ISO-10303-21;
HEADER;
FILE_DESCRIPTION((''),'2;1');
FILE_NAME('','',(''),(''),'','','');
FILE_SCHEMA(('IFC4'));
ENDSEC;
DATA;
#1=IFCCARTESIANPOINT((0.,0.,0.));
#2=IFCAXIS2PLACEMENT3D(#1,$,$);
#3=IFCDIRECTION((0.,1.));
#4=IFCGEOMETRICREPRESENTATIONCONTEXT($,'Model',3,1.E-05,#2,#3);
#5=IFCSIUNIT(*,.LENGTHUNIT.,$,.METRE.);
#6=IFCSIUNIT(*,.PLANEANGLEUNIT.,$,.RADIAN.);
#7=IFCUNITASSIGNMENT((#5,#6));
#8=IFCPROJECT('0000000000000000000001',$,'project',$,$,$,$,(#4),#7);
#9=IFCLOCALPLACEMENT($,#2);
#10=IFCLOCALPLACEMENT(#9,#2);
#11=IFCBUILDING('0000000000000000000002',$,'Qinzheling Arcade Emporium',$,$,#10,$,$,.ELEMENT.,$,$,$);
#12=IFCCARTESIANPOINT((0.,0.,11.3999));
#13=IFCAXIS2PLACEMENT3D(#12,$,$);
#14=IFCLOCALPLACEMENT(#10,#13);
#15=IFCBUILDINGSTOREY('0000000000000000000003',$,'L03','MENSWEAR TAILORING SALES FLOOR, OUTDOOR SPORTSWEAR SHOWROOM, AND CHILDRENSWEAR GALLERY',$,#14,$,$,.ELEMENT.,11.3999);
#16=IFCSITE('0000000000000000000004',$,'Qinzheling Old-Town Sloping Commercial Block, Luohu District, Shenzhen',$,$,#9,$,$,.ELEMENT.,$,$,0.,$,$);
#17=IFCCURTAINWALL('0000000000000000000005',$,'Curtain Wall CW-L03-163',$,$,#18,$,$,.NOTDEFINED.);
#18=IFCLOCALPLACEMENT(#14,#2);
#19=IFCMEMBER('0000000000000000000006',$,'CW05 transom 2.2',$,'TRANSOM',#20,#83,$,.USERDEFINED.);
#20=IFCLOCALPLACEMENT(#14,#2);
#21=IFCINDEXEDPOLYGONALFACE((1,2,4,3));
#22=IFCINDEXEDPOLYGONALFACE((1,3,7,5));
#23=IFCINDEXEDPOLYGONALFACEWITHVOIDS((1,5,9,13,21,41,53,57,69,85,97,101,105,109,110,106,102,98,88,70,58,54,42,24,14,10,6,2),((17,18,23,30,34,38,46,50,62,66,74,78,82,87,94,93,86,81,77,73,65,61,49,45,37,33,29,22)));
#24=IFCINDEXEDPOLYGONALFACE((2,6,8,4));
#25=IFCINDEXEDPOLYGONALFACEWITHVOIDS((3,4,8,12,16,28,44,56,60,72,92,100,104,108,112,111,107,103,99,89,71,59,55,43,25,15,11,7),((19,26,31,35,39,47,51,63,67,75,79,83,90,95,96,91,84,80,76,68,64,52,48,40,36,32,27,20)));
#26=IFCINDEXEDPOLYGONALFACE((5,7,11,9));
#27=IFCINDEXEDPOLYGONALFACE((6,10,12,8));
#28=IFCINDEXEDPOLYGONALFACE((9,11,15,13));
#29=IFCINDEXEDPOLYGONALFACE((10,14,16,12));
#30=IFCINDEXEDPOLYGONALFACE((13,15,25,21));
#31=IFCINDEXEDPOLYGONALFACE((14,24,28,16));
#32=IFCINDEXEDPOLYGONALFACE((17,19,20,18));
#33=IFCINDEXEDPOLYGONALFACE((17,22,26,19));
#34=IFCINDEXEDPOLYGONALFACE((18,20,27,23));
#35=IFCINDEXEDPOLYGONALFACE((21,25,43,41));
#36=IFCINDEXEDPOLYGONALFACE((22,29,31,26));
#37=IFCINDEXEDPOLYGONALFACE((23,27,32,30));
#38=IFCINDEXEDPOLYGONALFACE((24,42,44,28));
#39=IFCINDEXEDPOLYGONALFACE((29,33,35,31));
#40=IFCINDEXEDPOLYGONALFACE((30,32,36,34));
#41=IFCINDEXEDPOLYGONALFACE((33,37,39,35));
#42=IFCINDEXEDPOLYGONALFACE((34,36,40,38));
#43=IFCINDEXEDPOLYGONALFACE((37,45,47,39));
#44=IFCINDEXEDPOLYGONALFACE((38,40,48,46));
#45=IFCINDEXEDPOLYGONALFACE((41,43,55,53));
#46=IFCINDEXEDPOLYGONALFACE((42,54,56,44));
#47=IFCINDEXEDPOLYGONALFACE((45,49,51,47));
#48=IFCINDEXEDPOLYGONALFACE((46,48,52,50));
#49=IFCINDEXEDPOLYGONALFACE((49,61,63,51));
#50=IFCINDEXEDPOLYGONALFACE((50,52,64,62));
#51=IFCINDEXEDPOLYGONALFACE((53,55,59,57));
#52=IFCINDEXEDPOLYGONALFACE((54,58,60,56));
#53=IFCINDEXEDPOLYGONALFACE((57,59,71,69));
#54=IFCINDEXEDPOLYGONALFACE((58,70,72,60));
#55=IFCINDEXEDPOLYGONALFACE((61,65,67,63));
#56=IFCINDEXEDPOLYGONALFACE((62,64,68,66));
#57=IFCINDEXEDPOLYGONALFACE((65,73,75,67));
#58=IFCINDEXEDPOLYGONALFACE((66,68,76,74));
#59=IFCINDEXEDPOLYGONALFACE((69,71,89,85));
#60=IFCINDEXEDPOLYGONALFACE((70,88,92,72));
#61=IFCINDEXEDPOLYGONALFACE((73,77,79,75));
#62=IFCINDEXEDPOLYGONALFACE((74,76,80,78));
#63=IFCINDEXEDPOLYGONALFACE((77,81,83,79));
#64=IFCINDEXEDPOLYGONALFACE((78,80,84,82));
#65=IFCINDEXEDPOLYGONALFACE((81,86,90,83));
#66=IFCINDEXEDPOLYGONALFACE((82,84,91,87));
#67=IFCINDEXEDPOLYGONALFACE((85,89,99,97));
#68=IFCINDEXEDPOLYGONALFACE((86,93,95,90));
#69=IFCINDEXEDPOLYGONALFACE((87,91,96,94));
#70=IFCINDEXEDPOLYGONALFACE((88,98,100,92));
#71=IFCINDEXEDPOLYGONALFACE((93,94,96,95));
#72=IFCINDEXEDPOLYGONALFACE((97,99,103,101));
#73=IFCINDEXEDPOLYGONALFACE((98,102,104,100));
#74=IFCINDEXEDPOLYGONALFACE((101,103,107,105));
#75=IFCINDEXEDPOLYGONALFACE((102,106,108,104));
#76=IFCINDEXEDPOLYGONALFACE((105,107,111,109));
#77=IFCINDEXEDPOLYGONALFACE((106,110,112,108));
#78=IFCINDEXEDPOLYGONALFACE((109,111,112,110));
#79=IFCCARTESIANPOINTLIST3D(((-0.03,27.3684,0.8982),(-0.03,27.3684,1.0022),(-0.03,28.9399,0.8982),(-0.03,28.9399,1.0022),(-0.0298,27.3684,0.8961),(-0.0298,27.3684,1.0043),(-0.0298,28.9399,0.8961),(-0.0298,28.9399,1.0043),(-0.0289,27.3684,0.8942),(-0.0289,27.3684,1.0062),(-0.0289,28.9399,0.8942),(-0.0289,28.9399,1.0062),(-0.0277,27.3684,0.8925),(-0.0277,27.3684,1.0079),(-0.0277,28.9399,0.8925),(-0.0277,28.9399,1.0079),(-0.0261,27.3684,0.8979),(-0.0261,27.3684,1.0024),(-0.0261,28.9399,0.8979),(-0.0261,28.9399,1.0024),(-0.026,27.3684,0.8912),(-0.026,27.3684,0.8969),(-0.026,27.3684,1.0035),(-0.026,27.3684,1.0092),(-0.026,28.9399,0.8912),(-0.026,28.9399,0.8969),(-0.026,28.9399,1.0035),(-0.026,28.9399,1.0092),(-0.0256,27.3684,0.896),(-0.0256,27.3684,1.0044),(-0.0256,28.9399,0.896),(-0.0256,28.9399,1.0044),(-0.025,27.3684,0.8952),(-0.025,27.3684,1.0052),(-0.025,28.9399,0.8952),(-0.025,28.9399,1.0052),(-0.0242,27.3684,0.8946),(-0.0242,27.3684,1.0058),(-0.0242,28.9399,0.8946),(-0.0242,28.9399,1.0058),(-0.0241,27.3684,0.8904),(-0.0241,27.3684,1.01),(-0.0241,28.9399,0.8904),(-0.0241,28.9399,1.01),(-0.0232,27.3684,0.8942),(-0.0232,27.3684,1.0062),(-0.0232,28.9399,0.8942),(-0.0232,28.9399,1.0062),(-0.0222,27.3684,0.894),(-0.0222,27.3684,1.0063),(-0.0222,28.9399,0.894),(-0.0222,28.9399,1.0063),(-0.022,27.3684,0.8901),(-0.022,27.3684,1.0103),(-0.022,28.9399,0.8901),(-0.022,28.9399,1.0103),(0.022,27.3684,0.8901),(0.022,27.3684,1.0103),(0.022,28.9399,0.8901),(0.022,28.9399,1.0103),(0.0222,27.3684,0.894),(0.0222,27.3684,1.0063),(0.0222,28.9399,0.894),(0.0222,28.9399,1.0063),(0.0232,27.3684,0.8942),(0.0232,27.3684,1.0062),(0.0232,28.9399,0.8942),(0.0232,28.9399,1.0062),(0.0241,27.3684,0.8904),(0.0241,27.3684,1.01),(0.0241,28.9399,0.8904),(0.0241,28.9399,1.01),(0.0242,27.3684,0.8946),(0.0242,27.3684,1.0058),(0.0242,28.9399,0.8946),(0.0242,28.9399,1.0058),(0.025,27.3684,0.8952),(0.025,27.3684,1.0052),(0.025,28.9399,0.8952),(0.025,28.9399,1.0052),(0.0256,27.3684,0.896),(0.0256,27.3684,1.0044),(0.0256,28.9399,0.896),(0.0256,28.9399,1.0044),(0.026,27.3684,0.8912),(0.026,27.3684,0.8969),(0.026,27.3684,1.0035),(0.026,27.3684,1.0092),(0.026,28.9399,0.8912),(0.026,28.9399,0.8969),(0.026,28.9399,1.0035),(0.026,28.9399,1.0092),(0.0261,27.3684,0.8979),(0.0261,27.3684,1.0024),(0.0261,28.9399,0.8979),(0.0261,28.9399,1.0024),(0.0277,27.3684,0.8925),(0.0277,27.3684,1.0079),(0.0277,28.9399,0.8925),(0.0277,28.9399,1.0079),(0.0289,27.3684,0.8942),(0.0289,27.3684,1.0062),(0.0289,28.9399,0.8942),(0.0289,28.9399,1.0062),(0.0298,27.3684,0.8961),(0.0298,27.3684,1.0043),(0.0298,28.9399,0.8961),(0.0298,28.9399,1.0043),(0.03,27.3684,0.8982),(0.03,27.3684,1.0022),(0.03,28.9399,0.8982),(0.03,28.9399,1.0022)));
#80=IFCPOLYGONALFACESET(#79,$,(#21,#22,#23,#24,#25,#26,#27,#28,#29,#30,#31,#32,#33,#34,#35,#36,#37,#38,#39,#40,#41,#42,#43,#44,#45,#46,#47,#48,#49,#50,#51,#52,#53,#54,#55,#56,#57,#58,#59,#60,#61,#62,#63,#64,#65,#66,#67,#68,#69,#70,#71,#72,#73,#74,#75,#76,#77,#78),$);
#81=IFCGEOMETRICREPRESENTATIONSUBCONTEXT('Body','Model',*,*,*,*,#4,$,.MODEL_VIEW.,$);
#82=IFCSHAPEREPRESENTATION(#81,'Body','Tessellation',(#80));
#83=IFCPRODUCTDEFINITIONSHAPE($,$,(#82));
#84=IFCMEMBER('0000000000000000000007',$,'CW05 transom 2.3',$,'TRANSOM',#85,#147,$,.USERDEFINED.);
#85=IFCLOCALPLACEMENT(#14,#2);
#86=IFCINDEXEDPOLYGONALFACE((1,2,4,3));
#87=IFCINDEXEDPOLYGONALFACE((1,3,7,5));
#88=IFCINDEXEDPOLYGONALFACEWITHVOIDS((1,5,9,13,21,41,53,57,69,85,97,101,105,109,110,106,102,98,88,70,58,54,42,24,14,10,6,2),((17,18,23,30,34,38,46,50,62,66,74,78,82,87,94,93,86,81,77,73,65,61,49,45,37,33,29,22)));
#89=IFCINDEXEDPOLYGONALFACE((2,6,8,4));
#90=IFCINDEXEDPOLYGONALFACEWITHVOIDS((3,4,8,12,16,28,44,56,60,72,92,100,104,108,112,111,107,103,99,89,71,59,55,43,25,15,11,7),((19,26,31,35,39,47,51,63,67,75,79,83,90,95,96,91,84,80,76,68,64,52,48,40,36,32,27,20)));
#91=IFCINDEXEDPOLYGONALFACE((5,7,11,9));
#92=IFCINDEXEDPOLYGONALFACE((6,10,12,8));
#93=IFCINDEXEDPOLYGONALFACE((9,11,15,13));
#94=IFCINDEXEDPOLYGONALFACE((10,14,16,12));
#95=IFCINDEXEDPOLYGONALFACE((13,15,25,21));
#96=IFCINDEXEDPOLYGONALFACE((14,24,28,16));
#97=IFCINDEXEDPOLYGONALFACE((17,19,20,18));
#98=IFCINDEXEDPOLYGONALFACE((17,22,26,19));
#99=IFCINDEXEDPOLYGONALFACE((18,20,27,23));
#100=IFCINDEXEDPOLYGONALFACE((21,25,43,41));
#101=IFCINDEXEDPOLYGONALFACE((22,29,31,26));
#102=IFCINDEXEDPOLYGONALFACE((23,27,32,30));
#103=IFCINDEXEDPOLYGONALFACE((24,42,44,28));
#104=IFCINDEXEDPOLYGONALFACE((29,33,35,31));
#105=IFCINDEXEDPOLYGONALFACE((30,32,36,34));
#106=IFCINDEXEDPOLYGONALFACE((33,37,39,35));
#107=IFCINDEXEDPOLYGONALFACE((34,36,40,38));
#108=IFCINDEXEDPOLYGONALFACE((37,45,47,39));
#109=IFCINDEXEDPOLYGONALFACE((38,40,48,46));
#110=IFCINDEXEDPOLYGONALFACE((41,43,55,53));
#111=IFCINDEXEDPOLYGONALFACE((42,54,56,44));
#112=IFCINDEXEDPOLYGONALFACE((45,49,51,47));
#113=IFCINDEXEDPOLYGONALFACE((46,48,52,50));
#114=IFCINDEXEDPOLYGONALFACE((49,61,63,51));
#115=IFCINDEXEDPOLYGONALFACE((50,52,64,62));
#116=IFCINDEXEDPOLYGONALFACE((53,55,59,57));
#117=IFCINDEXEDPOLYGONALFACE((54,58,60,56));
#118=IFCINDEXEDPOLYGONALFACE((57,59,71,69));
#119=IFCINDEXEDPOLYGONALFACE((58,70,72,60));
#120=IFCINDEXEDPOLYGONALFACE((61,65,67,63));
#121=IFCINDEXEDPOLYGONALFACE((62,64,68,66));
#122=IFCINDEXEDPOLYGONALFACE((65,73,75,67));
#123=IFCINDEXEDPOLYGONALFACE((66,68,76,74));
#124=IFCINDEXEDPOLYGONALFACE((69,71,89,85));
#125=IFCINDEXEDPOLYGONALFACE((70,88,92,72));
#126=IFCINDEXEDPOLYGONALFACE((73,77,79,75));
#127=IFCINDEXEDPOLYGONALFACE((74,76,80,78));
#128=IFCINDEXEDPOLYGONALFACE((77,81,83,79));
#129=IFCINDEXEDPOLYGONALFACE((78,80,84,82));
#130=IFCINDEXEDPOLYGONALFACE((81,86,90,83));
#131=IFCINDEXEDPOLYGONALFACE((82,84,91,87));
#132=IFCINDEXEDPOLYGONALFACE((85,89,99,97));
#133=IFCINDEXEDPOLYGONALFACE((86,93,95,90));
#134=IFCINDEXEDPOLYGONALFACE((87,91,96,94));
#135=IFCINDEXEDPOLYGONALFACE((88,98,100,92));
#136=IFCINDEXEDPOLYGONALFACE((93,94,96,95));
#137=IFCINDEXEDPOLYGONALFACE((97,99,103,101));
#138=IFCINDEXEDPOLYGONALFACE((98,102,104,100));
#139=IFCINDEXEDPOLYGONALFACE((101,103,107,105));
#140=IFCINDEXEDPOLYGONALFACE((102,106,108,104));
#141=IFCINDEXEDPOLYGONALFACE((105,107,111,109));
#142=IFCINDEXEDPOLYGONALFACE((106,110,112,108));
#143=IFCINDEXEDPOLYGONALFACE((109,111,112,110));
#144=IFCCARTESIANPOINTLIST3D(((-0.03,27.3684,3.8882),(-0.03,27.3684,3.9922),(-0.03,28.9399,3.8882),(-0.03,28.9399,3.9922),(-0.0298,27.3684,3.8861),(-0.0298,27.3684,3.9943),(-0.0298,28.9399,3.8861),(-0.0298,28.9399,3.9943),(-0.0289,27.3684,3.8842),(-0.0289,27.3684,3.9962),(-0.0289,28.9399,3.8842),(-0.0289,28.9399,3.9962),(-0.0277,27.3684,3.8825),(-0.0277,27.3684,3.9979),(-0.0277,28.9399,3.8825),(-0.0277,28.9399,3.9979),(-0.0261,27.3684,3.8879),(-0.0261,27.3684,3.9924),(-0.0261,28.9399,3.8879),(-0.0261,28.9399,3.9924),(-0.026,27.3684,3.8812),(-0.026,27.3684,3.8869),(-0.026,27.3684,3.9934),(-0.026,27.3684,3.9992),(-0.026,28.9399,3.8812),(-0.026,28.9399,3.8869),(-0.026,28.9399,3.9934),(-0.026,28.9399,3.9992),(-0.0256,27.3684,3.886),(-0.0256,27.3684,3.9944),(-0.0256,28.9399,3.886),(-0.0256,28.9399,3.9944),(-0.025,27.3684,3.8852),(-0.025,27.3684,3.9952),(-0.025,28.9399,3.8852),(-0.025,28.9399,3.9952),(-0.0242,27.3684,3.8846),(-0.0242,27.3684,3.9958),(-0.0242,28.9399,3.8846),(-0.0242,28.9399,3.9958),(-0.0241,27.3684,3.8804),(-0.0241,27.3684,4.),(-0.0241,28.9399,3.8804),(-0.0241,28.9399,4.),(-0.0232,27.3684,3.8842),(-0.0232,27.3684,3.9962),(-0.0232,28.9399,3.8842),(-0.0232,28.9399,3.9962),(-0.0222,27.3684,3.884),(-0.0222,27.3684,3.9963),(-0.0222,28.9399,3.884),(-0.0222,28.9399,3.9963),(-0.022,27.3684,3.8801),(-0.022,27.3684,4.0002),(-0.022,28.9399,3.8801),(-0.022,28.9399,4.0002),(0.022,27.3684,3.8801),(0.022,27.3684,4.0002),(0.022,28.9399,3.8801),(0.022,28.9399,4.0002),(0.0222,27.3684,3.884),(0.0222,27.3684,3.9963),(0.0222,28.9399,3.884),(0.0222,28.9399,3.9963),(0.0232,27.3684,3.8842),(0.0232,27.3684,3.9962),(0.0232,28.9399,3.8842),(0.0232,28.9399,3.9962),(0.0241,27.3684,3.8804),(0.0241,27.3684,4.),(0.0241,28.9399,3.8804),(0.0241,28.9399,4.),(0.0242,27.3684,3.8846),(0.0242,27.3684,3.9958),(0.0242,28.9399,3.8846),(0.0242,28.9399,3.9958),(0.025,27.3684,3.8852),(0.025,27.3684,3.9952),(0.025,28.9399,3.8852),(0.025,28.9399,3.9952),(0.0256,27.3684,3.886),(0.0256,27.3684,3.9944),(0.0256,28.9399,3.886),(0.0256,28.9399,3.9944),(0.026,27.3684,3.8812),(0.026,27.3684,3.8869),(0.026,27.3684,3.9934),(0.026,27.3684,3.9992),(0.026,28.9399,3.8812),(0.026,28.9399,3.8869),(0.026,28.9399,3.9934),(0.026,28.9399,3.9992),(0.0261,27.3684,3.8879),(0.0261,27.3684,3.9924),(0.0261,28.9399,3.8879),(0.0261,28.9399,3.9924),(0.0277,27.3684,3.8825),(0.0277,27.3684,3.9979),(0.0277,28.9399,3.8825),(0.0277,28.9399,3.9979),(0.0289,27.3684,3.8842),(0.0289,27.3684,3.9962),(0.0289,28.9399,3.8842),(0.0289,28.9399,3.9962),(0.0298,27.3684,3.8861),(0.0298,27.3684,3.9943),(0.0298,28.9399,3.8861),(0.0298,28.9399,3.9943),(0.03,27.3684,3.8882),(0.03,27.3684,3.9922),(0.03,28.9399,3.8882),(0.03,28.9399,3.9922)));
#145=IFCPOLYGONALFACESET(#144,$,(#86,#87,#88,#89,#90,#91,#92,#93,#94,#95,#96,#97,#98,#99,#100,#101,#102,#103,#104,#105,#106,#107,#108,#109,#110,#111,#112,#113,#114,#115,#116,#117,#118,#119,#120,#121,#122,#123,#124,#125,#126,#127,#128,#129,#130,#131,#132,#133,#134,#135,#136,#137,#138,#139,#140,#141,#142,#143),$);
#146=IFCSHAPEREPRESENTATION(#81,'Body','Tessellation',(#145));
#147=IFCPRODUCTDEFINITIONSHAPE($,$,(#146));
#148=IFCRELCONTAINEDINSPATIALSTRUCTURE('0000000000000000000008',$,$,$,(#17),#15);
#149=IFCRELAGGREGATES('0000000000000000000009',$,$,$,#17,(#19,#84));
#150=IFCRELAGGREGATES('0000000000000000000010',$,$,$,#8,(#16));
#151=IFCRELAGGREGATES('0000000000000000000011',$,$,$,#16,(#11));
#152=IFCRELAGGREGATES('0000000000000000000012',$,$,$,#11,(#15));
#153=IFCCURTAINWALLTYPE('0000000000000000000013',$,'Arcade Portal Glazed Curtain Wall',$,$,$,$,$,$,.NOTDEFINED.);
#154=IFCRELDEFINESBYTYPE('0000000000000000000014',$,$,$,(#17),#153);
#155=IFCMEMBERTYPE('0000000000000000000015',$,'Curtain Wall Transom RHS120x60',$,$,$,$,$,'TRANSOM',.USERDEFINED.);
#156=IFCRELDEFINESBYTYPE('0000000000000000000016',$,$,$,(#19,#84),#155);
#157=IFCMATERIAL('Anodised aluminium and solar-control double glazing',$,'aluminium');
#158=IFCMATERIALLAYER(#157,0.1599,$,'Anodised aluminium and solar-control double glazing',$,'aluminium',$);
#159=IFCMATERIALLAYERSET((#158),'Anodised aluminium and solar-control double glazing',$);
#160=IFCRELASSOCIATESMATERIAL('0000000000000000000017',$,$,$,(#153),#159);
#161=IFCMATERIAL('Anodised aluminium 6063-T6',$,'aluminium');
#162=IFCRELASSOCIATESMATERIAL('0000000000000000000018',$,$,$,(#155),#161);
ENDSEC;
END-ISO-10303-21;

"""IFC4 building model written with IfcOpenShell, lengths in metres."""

from ifc_helpers import new_model, si_unit, direction, frame, origin, origin_2d, place, context, subcontext, project, spatial, hollow_rectangle, extrude, material, layer, layer_set, material_profile, profile_set, type_object, element, aggregate, save


model = new_model("IFC4")

# Units and contexts
model_context = context("Model", 3, precision=1e-05, world=origin(), true_north=direction((0.0, 1.0)))
body_context = subcontext(model_context, "Body", "Model", "MODEL_VIEW")
ifc_project = project(units=[si_unit("LENGTHUNIT", "METRE"), si_unit("PLANEANGLEUNIT", "RADIAN")], contexts=[model_context])

# Site, building, storey
site_placement = place(None, origin())
site = spatial("IfcSite", under=ifc_project, at=site_placement, Name="Qinzheling Old-Town Sloping Commercial Block, Luohu District, Shenzhen", CompositionType="ELEMENT", RefElevation=0.0)
building_placement = place(site_placement, origin())
building = spatial("IfcBuilding", under=site, at=building_placement, Name="Qinzheling Arcade Emporium", CompositionType="ELEMENT")
storey_placement = place(building_placement, frame((0.0, 0.0, 11.3999)))
storey = spatial("IfcBuildingStorey", under=building, at=storey_placement, Name="L03", Description="MENSWEAR TAILORING SALES FLOOR, OUTDOOR SPORTSWEAR SHOWROOM, AND CHILDRENSWEAR GALLERY", CompositionType="ELEMENT", Elevation=11.3999)

# Shared definitions
ifc_material_1 = material(Name="Anodised aluminium and solar-control double glazing", Category="aluminium")
ifc_material_2 = material(Name="Anodised aluminium 6063-T6", Category="aluminium")

# Curtain wall
ifc_layer_1 = layer(ifc_material_1, 0.1599, Name="Anodised aluminium and solar-control double glazing", Category="aluminium")
ifc_layer_set_1 = layer_set([ifc_layer_1], Name="Anodised aluminium and solar-control double glazing")
curtain_wall_type_1 = type_object("IfcCurtainWallType", Name="Arcade Portal Glazed Curtain Wall", PredefinedType="NOTDEFINED", material=ifc_layer_set_1)
curtain_wall_1_placement = place(storey_placement, origin())
curtain_wall_1 = element("IfcCurtainWall", 1, at=curtain_wall_1_placement, inside=storey, type_object=curtain_wall_type_1, Name="Curtain Wall CW-L03-163", PredefinedType="NOTDEFINED")

# Members
ifc_material_profile_1 = material_profile(ifc_material_2, hollow_rectangle(XDim=0.0601, YDim=0.1201, WallThickness=0.0039, InnerFilletRadius=0.0039, OuterFilletRadius=0.0081, at=origin_2d()), Name="RHS 120x60x4", Category="aluminium")
ifc_profile_set_1 = profile_set([ifc_material_profile_1], Name="Anodised aluminium 6063-T6")
member_type_1 = type_object("IfcMemberType", Name="Curtain Wall Transom RHS120x60", ElementType="TRANSOM", PredefinedType="USERDEFINED", material=ifc_profile_set_1)
member_1_placement = place(storey_placement, frame((0.0, 27.3684, 0.9502), z_axis=(0.0, 1.0, 0.0), x_axis=(-1.0, 0.0, 0.0)))
member_1 = element("IfcMember", 2, at=member_1_placement, type_object=member_type_1, Name="CW05 transom 2.2", ObjectType="TRANSOM", PredefinedType="USERDEFINED", context=body_context, shape_type="SweptSolid", body=[
    extrude(hollow_rectangle(XDim=0.0601, YDim=0.1201, WallThickness=0.0039, InnerFilletRadius=0.0039, OuterFilletRadius=0.0081, at=origin_2d()), origin(), (0.0, 0.0, 1.0), 1.5715),
])
member_2_placement = place(storey_placement, frame((0.0, 27.3684, 3.9402), z_axis=(0.0, 1.0, 0.0), x_axis=(-1.0, 0.0, 0.0)))
member_2 = element("IfcMember", 3, at=member_2_placement, type_object=member_type_1, Name="CW05 transom 2.3", ObjectType="TRANSOM", PredefinedType="USERDEFINED", context=body_context, shape_type="SweptSolid", body=[
    extrude(hollow_rectangle(XDim=0.0601, YDim=0.1201, WallThickness=0.0039, InnerFilletRadius=0.0039, OuterFilletRadius=0.0081, at=origin_2d()), origin(), (0.0, 0.0, 1.0), 1.5715),
])

aggregate(curtain_wall_1, [member_1, member_2])

save(model, "model.ifc")
